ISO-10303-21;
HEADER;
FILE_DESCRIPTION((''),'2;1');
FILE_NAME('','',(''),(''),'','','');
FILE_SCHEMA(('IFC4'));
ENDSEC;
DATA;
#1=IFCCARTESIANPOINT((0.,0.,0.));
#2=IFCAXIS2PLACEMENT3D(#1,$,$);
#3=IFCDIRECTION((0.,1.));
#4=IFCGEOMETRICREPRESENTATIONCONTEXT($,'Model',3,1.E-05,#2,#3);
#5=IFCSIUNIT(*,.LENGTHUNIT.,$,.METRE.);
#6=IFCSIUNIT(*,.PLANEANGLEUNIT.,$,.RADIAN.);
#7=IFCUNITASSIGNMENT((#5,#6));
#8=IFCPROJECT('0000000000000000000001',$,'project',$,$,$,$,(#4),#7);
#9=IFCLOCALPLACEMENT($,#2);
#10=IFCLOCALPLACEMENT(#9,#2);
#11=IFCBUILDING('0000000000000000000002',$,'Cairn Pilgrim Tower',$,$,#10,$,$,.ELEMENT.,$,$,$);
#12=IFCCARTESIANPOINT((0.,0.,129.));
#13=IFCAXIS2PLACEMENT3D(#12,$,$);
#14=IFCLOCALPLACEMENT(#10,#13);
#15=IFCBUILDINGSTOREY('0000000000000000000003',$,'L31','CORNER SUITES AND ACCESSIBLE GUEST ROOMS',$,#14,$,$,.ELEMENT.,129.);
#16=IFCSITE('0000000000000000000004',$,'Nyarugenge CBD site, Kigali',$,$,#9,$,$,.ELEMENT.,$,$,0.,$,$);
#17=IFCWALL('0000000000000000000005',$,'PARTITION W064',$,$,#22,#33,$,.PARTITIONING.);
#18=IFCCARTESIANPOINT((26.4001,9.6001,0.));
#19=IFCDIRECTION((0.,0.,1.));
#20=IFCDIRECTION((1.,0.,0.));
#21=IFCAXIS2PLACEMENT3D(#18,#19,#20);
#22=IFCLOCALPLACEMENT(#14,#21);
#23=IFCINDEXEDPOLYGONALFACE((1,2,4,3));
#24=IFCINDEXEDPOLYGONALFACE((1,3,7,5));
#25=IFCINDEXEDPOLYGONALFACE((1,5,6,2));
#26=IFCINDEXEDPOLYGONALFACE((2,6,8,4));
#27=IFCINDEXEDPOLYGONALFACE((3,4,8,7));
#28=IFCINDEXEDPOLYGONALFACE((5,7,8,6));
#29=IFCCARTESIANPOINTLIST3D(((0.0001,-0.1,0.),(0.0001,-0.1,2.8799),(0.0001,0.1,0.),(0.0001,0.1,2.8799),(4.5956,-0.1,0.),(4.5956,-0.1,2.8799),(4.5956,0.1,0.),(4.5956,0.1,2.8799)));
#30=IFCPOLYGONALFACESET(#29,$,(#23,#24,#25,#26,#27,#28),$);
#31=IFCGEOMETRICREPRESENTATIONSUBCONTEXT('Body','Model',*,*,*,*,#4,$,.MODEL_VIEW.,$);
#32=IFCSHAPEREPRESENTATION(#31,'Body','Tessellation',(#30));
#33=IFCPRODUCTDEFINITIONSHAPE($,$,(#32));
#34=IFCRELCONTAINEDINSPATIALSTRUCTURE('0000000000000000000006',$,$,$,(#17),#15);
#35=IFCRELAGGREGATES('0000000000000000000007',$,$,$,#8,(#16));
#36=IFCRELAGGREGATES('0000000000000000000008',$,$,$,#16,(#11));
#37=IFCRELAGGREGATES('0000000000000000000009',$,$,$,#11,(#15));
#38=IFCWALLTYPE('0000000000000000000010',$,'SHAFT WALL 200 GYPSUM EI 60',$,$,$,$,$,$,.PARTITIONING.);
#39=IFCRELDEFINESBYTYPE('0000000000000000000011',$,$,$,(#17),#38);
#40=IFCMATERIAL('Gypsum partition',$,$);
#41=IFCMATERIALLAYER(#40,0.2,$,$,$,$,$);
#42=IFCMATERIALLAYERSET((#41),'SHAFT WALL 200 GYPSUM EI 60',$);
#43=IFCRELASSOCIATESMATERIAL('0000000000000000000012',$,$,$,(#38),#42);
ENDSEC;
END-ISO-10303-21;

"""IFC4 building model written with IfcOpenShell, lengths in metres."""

from ifc_helpers import new_model, si_unit, direction, frame, frame_2d, origin, place, context, subcontext, project, spatial, rectangle, extrude, material, layer, layer_set, type_object, element, save


model = new_model("IFC4")

# Units and contexts
model_context = context("Model", 3, precision=1e-05, world=origin(), true_north=direction((0.0, 1.0)))
body_context = subcontext(model_context, "Body", "Model", "MODEL_VIEW")
ifc_project = project(units=[si_unit("LENGTHUNIT", "METRE"), si_unit("PLANEANGLEUNIT", "RADIAN")], contexts=[model_context])

# Site, building, storey
site_placement = place(None, origin())
site = spatial("IfcSite", under=ifc_project, at=site_placement, Name="Nyarugenge CBD site, Kigali", CompositionType="ELEMENT", RefElevation=0.0)
building_placement = place(site_placement, origin())
building = spatial("IfcBuilding", under=site, at=building_placement, Name="Cairn Pilgrim Tower", CompositionType="ELEMENT")
storey_placement = place(building_placement, frame((0.0, 0.0, 129.0)))
storey = spatial("IfcBuildingStorey", under=building, at=storey_placement, Name="L31", Description="CORNER SUITES AND ACCESSIBLE GUEST ROOMS", CompositionType="ELEMENT", Elevation=129.0)

# Shared definitions
ifc_material_1 = material(Name="Gypsum partition")

# Wall
ifc_layer_1 = layer(ifc_material_1, 0.2)
ifc_layer_set_1 = layer_set([ifc_layer_1], Name="SHAFT WALL 200 GYPSUM EI 60")
wall_type_1 = type_object("IfcWallType", Name="SHAFT WALL 200 GYPSUM EI 60", PredefinedType="PARTITIONING", material=ifc_layer_set_1)
wall_1_placement = place(storey_placement, frame((26.4001, 9.6001, 0.0), z_axis=(0.0, 0.0, 1.0), x_axis=(1.0, 0.0, 0.0)))
element("IfcWall", 1, at=wall_1_placement, inside=storey, type_object=wall_type_1, Name="PARTITION W064", PredefinedType="PARTITIONING", context=body_context, shape_type="SweptSolid", body=[
    extrude(rectangle(XDim=4.5955, YDim=0.2, at=frame_2d((2.2979, 0.0))), origin(), (0.0, 0.0, 1.0), 2.8799),
])

save(model, "model.ifc")
